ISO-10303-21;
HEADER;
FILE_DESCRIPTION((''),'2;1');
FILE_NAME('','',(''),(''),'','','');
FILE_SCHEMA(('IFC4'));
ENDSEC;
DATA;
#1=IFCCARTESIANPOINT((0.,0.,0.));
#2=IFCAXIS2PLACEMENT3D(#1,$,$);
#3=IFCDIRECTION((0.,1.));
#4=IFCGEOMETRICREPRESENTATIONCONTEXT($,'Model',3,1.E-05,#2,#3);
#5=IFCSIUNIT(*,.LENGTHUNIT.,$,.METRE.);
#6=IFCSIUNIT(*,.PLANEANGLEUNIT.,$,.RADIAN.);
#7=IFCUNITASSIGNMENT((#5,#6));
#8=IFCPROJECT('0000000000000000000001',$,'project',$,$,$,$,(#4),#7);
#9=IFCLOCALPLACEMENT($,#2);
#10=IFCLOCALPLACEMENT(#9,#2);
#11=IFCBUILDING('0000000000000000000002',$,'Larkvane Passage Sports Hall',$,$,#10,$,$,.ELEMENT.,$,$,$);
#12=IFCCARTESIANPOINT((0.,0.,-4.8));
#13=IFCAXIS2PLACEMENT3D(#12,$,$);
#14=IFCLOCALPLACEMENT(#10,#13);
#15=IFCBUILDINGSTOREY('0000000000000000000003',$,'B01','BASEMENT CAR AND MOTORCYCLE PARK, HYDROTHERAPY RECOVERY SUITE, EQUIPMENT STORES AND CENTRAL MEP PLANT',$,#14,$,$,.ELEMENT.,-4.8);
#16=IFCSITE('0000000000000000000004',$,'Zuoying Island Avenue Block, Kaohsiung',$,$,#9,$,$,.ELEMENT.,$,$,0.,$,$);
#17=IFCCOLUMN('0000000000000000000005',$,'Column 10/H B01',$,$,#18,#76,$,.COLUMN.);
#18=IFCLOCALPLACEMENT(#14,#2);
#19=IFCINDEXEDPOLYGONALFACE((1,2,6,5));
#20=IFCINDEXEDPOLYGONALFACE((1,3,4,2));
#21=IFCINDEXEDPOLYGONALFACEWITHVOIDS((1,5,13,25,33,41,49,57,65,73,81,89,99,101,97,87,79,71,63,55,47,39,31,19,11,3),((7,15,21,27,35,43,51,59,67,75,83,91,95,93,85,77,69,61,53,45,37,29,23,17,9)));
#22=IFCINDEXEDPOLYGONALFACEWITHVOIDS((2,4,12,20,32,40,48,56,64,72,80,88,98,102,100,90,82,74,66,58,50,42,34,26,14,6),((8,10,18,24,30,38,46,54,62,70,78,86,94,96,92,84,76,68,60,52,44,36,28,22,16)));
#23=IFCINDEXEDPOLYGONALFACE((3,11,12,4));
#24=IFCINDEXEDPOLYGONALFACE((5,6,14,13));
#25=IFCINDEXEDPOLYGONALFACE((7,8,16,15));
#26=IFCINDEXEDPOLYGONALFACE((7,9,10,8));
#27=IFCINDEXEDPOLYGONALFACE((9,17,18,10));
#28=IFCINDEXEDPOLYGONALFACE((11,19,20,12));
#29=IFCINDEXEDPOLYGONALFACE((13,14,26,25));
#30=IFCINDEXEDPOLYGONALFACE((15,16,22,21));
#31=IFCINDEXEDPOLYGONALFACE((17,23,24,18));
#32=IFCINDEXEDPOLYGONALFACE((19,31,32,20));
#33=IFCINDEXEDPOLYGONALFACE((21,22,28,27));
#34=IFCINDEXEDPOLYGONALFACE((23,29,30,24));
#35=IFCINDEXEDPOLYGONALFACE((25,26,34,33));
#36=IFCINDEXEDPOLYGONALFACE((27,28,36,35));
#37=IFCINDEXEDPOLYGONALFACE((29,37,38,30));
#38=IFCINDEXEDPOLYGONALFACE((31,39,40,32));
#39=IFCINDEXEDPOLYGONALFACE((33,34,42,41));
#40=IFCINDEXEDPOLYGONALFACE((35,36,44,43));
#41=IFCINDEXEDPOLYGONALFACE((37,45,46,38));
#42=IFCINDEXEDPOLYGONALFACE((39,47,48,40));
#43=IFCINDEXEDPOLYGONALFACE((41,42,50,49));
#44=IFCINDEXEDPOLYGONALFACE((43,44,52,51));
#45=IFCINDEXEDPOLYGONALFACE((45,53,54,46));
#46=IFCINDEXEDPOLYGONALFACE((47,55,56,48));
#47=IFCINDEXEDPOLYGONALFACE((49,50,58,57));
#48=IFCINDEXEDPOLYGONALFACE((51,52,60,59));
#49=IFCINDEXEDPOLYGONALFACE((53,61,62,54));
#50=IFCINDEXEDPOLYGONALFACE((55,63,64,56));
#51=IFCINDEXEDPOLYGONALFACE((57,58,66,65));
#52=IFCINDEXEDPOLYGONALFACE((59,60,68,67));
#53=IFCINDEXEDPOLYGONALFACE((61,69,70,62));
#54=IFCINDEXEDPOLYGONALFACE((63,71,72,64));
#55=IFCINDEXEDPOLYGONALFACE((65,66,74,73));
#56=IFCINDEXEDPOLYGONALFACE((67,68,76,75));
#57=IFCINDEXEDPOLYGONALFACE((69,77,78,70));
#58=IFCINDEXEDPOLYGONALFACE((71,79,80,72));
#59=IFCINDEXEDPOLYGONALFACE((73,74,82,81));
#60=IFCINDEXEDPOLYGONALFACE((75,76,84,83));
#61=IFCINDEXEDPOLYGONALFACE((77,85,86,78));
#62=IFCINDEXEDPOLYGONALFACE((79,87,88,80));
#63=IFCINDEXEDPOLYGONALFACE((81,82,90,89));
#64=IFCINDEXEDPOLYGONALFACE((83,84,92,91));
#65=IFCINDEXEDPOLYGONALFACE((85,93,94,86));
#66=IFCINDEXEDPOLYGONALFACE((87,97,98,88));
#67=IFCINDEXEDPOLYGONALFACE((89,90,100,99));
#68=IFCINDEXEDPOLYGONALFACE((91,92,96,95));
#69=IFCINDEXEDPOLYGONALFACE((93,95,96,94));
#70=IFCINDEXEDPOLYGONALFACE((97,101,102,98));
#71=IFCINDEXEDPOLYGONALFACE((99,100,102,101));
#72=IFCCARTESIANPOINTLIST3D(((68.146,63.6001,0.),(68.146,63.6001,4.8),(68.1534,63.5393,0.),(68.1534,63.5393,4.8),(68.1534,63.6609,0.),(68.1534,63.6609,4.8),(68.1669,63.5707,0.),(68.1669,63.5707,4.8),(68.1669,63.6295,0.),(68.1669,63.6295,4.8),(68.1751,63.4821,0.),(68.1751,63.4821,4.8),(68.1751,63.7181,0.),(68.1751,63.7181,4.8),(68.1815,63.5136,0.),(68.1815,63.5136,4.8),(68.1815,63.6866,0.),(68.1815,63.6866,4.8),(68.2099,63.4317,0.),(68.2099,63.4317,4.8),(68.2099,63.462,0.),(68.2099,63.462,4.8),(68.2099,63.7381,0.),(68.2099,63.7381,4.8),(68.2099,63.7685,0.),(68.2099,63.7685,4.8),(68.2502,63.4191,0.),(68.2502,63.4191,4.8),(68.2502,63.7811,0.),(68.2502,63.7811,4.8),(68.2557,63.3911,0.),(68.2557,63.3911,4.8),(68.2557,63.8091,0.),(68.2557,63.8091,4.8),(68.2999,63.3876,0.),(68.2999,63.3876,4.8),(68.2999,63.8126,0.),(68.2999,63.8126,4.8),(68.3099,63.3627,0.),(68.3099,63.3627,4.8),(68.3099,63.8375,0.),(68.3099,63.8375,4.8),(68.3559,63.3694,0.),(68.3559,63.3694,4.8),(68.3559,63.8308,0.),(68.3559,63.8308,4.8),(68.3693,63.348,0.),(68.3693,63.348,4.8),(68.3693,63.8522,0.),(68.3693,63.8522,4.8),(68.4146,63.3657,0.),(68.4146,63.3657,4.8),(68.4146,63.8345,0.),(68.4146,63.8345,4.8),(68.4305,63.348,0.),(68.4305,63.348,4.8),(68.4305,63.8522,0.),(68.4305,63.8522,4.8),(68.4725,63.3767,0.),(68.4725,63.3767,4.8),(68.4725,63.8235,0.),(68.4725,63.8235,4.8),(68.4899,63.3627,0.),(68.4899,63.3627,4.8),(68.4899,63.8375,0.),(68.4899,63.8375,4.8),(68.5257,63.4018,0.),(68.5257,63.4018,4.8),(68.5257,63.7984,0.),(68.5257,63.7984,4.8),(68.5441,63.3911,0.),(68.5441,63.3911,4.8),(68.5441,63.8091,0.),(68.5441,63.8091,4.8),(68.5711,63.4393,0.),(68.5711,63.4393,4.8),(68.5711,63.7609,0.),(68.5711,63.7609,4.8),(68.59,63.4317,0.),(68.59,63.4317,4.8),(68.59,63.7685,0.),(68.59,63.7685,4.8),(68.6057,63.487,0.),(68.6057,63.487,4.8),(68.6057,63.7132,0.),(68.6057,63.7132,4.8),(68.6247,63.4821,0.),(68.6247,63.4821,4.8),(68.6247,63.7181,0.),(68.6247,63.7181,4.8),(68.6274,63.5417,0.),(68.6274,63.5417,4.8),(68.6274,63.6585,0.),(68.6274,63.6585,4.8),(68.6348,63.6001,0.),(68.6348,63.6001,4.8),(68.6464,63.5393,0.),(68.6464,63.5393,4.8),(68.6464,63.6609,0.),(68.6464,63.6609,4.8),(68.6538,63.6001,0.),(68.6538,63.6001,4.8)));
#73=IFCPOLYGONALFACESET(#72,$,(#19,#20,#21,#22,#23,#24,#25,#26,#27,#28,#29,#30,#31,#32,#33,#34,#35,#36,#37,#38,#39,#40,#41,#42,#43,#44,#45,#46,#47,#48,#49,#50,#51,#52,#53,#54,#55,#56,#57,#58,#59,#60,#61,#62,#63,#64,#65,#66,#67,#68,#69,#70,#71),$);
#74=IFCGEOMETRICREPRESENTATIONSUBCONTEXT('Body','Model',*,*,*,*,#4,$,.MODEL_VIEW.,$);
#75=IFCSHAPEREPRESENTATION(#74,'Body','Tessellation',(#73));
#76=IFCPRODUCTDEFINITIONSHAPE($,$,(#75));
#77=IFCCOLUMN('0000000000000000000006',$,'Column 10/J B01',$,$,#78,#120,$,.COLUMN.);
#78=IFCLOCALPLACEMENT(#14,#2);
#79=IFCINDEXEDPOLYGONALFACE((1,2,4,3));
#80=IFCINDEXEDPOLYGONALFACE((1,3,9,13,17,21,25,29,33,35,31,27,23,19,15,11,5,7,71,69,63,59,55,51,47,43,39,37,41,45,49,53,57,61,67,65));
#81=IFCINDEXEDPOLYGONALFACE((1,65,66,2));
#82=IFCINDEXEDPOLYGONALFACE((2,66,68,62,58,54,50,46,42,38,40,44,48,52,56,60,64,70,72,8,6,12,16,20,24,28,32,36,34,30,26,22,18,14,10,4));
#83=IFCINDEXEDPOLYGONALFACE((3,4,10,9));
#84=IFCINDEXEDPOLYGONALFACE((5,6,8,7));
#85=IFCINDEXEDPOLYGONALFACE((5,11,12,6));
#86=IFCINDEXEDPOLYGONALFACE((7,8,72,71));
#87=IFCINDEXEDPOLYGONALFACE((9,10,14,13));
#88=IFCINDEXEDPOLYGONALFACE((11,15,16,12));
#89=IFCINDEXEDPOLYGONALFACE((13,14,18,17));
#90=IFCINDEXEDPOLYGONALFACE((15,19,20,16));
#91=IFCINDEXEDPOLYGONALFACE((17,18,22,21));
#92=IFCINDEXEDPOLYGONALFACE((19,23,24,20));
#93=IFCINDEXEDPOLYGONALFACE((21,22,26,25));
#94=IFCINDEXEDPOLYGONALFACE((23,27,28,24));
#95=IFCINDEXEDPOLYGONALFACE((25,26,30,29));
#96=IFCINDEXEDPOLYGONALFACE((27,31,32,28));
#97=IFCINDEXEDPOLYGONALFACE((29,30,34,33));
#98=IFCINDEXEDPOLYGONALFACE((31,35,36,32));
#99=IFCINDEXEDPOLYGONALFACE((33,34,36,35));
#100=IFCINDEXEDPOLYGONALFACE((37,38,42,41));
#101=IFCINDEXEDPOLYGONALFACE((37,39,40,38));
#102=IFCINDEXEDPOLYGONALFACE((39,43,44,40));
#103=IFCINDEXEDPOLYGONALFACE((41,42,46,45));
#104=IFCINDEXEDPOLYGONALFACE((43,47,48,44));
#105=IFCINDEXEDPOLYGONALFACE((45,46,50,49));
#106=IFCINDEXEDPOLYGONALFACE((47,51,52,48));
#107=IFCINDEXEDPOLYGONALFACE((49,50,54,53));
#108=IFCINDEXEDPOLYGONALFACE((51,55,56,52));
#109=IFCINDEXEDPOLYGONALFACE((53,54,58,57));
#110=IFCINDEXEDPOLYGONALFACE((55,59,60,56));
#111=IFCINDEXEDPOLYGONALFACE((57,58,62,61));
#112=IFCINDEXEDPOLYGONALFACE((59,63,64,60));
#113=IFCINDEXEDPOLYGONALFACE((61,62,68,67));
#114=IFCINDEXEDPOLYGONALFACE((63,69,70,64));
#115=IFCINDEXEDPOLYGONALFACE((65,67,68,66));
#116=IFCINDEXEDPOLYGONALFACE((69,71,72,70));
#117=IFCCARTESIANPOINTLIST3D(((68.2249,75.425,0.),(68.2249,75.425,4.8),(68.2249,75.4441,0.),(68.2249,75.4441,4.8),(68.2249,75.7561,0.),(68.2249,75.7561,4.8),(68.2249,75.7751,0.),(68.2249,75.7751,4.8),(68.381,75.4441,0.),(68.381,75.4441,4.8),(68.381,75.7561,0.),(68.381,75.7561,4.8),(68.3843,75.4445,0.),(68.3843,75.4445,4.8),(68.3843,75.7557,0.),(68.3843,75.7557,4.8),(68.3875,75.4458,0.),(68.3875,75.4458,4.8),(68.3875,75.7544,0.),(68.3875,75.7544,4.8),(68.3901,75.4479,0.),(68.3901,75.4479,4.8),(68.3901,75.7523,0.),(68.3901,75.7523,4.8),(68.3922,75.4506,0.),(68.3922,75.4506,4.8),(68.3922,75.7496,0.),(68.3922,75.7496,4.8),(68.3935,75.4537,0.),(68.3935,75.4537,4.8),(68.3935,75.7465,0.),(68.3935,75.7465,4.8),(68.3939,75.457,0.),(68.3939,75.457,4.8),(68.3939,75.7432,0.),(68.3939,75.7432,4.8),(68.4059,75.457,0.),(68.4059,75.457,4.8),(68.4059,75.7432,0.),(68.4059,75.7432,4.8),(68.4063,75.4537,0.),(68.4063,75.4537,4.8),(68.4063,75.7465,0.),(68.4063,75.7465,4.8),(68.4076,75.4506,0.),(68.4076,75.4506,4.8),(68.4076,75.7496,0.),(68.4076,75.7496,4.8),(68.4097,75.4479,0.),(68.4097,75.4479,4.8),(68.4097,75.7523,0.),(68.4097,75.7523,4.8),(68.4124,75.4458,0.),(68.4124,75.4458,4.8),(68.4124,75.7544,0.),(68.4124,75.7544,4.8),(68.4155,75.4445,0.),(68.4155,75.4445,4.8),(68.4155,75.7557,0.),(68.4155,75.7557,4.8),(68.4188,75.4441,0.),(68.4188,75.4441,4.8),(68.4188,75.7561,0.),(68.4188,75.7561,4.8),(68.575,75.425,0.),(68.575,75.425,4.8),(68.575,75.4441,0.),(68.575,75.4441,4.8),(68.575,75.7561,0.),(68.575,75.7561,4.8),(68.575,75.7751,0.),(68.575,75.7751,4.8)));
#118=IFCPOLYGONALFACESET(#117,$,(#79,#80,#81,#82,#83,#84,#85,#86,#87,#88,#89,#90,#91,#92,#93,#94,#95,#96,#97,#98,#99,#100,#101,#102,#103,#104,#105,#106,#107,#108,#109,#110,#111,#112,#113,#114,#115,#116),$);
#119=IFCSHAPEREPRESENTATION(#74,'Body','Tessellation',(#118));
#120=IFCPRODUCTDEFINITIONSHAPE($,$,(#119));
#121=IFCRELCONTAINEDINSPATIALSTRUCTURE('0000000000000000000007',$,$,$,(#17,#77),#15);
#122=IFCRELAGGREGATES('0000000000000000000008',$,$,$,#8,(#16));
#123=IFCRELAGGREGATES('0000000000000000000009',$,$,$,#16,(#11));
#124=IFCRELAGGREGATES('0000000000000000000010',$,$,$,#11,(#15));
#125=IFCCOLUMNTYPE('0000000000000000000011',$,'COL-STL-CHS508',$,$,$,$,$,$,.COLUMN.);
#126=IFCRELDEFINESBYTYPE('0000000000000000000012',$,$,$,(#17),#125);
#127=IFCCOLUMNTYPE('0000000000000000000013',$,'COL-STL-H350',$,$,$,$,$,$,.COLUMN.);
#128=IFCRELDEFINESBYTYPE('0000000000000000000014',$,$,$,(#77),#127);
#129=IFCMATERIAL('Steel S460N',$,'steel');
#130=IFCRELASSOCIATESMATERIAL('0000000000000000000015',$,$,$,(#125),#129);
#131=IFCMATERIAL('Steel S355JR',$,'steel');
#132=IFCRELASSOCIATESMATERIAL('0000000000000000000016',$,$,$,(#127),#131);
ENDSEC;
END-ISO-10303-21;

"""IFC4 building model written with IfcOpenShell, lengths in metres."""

from ifc_helpers import new_model, si_unit, direction, frame, origin, origin_2d, place, context, subcontext, project, spatial, hollow_circle, i_section, extrude, material, material_profile, profile_set, type_object, element, save


model = new_model("IFC4")

# Units and contexts
model_context = context("Model", 3, precision=1e-05, world=origin(), true_north=direction((0.0, 1.0)))
body_context = subcontext(model_context, "Body", "Model", "MODEL_VIEW")
ifc_project = project(units=[si_unit("LENGTHUNIT", "METRE"), si_unit("PLANEANGLEUNIT", "RADIAN")], contexts=[model_context])

# Site, building, storey
site_placement = place(None, origin())
site = spatial("IfcSite", under=ifc_project, at=site_placement, Name="Zuoying Island Avenue Block, Kaohsiung", CompositionType="ELEMENT", RefElevation=0.0)
building_placement = place(site_placement, origin())
building = spatial("IfcBuilding", under=site, at=building_placement, Name="Larkvane Passage Sports Hall", CompositionType="ELEMENT")
storey_placement = place(building_placement, frame((0.0, 0.0, -4.8)))
storey = spatial("IfcBuildingStorey", under=building, at=storey_placement, Name="B01", Description="BASEMENT CAR AND MOTORCYCLE PARK, HYDROTHERAPY RECOVERY SUITE, EQUIPMENT STORES AND CENTRAL MEP PLANT", CompositionType="ELEMENT", Elevation=-4.8)

# Columns
ifc_material_1 = material(Name="Steel S460N", Category="steel")
ifc_material_profile_1 = material_profile(ifc_material_1, hollow_circle(Radius=0.2539, WallThickness=0.019, at=origin_2d()), Name="CHS-508.0x19.0")
ifc_profile_set_1 = profile_set([ifc_material_profile_1], Name="Steel S460N")
column_type_1 = type_object("IfcColumnType", Name="COL-STL-CHS508", PredefinedType="COLUMN", material=ifc_profile_set_1)
column_1_placement = place(storey_placement, frame((68.3999, 63.6001, 0.0), z_axis=(0.0, 0.0, 1.0), x_axis=(1.0, 0.0, 0.0)))
element("IfcColumn", 1, at=column_1_placement, inside=storey, type_object=column_type_1, Name="Column 10/H B01", PredefinedType="COLUMN", context=body_context, shape_type="SweptSolid", body=[
    extrude(hollow_circle(Radius=0.2539, WallThickness=0.019, at=origin_2d()), origin(), (0.0, 0.0, 1.0), 4.8),
])
ifc_material_2 = material(Name="Steel S355JR", Category="steel")
ifc_material_profile_2 = material_profile(ifc_material_2, i_section(OverallWidth=0.3501, OverallDepth=0.3501, WebThickness=0.012, FlangeThickness=0.019, FilletRadius=0.0129, at=origin_2d()), Name="H-350x350x12x19")
ifc_profile_set_2 = profile_set([ifc_material_profile_2], Name="Steel S355JR")
column_type_2 = type_object("IfcColumnType", Name="COL-STL-H350", PredefinedType="COLUMN", material=ifc_profile_set_2)
column_2_placement = place(storey_placement, frame((68.3999, 75.6001, 0.0), z_axis=(0.0, 0.0, 1.0), x_axis=(1.0, 0.0, 0.0)))
element("IfcColumn", 2, at=column_2_placement, inside=storey, type_object=column_type_2, Name="Column 10/J B01", PredefinedType="COLUMN", context=body_context, shape_type="SweptSolid", body=[
    extrude(i_section(OverallWidth=0.3501, OverallDepth=0.3501, WebThickness=0.012, FlangeThickness=0.019, FilletRadius=0.0129, at=origin_2d()), origin(), (0.0, 0.0, 1.0), 4.8),
])

save(model, "model.ifc")
